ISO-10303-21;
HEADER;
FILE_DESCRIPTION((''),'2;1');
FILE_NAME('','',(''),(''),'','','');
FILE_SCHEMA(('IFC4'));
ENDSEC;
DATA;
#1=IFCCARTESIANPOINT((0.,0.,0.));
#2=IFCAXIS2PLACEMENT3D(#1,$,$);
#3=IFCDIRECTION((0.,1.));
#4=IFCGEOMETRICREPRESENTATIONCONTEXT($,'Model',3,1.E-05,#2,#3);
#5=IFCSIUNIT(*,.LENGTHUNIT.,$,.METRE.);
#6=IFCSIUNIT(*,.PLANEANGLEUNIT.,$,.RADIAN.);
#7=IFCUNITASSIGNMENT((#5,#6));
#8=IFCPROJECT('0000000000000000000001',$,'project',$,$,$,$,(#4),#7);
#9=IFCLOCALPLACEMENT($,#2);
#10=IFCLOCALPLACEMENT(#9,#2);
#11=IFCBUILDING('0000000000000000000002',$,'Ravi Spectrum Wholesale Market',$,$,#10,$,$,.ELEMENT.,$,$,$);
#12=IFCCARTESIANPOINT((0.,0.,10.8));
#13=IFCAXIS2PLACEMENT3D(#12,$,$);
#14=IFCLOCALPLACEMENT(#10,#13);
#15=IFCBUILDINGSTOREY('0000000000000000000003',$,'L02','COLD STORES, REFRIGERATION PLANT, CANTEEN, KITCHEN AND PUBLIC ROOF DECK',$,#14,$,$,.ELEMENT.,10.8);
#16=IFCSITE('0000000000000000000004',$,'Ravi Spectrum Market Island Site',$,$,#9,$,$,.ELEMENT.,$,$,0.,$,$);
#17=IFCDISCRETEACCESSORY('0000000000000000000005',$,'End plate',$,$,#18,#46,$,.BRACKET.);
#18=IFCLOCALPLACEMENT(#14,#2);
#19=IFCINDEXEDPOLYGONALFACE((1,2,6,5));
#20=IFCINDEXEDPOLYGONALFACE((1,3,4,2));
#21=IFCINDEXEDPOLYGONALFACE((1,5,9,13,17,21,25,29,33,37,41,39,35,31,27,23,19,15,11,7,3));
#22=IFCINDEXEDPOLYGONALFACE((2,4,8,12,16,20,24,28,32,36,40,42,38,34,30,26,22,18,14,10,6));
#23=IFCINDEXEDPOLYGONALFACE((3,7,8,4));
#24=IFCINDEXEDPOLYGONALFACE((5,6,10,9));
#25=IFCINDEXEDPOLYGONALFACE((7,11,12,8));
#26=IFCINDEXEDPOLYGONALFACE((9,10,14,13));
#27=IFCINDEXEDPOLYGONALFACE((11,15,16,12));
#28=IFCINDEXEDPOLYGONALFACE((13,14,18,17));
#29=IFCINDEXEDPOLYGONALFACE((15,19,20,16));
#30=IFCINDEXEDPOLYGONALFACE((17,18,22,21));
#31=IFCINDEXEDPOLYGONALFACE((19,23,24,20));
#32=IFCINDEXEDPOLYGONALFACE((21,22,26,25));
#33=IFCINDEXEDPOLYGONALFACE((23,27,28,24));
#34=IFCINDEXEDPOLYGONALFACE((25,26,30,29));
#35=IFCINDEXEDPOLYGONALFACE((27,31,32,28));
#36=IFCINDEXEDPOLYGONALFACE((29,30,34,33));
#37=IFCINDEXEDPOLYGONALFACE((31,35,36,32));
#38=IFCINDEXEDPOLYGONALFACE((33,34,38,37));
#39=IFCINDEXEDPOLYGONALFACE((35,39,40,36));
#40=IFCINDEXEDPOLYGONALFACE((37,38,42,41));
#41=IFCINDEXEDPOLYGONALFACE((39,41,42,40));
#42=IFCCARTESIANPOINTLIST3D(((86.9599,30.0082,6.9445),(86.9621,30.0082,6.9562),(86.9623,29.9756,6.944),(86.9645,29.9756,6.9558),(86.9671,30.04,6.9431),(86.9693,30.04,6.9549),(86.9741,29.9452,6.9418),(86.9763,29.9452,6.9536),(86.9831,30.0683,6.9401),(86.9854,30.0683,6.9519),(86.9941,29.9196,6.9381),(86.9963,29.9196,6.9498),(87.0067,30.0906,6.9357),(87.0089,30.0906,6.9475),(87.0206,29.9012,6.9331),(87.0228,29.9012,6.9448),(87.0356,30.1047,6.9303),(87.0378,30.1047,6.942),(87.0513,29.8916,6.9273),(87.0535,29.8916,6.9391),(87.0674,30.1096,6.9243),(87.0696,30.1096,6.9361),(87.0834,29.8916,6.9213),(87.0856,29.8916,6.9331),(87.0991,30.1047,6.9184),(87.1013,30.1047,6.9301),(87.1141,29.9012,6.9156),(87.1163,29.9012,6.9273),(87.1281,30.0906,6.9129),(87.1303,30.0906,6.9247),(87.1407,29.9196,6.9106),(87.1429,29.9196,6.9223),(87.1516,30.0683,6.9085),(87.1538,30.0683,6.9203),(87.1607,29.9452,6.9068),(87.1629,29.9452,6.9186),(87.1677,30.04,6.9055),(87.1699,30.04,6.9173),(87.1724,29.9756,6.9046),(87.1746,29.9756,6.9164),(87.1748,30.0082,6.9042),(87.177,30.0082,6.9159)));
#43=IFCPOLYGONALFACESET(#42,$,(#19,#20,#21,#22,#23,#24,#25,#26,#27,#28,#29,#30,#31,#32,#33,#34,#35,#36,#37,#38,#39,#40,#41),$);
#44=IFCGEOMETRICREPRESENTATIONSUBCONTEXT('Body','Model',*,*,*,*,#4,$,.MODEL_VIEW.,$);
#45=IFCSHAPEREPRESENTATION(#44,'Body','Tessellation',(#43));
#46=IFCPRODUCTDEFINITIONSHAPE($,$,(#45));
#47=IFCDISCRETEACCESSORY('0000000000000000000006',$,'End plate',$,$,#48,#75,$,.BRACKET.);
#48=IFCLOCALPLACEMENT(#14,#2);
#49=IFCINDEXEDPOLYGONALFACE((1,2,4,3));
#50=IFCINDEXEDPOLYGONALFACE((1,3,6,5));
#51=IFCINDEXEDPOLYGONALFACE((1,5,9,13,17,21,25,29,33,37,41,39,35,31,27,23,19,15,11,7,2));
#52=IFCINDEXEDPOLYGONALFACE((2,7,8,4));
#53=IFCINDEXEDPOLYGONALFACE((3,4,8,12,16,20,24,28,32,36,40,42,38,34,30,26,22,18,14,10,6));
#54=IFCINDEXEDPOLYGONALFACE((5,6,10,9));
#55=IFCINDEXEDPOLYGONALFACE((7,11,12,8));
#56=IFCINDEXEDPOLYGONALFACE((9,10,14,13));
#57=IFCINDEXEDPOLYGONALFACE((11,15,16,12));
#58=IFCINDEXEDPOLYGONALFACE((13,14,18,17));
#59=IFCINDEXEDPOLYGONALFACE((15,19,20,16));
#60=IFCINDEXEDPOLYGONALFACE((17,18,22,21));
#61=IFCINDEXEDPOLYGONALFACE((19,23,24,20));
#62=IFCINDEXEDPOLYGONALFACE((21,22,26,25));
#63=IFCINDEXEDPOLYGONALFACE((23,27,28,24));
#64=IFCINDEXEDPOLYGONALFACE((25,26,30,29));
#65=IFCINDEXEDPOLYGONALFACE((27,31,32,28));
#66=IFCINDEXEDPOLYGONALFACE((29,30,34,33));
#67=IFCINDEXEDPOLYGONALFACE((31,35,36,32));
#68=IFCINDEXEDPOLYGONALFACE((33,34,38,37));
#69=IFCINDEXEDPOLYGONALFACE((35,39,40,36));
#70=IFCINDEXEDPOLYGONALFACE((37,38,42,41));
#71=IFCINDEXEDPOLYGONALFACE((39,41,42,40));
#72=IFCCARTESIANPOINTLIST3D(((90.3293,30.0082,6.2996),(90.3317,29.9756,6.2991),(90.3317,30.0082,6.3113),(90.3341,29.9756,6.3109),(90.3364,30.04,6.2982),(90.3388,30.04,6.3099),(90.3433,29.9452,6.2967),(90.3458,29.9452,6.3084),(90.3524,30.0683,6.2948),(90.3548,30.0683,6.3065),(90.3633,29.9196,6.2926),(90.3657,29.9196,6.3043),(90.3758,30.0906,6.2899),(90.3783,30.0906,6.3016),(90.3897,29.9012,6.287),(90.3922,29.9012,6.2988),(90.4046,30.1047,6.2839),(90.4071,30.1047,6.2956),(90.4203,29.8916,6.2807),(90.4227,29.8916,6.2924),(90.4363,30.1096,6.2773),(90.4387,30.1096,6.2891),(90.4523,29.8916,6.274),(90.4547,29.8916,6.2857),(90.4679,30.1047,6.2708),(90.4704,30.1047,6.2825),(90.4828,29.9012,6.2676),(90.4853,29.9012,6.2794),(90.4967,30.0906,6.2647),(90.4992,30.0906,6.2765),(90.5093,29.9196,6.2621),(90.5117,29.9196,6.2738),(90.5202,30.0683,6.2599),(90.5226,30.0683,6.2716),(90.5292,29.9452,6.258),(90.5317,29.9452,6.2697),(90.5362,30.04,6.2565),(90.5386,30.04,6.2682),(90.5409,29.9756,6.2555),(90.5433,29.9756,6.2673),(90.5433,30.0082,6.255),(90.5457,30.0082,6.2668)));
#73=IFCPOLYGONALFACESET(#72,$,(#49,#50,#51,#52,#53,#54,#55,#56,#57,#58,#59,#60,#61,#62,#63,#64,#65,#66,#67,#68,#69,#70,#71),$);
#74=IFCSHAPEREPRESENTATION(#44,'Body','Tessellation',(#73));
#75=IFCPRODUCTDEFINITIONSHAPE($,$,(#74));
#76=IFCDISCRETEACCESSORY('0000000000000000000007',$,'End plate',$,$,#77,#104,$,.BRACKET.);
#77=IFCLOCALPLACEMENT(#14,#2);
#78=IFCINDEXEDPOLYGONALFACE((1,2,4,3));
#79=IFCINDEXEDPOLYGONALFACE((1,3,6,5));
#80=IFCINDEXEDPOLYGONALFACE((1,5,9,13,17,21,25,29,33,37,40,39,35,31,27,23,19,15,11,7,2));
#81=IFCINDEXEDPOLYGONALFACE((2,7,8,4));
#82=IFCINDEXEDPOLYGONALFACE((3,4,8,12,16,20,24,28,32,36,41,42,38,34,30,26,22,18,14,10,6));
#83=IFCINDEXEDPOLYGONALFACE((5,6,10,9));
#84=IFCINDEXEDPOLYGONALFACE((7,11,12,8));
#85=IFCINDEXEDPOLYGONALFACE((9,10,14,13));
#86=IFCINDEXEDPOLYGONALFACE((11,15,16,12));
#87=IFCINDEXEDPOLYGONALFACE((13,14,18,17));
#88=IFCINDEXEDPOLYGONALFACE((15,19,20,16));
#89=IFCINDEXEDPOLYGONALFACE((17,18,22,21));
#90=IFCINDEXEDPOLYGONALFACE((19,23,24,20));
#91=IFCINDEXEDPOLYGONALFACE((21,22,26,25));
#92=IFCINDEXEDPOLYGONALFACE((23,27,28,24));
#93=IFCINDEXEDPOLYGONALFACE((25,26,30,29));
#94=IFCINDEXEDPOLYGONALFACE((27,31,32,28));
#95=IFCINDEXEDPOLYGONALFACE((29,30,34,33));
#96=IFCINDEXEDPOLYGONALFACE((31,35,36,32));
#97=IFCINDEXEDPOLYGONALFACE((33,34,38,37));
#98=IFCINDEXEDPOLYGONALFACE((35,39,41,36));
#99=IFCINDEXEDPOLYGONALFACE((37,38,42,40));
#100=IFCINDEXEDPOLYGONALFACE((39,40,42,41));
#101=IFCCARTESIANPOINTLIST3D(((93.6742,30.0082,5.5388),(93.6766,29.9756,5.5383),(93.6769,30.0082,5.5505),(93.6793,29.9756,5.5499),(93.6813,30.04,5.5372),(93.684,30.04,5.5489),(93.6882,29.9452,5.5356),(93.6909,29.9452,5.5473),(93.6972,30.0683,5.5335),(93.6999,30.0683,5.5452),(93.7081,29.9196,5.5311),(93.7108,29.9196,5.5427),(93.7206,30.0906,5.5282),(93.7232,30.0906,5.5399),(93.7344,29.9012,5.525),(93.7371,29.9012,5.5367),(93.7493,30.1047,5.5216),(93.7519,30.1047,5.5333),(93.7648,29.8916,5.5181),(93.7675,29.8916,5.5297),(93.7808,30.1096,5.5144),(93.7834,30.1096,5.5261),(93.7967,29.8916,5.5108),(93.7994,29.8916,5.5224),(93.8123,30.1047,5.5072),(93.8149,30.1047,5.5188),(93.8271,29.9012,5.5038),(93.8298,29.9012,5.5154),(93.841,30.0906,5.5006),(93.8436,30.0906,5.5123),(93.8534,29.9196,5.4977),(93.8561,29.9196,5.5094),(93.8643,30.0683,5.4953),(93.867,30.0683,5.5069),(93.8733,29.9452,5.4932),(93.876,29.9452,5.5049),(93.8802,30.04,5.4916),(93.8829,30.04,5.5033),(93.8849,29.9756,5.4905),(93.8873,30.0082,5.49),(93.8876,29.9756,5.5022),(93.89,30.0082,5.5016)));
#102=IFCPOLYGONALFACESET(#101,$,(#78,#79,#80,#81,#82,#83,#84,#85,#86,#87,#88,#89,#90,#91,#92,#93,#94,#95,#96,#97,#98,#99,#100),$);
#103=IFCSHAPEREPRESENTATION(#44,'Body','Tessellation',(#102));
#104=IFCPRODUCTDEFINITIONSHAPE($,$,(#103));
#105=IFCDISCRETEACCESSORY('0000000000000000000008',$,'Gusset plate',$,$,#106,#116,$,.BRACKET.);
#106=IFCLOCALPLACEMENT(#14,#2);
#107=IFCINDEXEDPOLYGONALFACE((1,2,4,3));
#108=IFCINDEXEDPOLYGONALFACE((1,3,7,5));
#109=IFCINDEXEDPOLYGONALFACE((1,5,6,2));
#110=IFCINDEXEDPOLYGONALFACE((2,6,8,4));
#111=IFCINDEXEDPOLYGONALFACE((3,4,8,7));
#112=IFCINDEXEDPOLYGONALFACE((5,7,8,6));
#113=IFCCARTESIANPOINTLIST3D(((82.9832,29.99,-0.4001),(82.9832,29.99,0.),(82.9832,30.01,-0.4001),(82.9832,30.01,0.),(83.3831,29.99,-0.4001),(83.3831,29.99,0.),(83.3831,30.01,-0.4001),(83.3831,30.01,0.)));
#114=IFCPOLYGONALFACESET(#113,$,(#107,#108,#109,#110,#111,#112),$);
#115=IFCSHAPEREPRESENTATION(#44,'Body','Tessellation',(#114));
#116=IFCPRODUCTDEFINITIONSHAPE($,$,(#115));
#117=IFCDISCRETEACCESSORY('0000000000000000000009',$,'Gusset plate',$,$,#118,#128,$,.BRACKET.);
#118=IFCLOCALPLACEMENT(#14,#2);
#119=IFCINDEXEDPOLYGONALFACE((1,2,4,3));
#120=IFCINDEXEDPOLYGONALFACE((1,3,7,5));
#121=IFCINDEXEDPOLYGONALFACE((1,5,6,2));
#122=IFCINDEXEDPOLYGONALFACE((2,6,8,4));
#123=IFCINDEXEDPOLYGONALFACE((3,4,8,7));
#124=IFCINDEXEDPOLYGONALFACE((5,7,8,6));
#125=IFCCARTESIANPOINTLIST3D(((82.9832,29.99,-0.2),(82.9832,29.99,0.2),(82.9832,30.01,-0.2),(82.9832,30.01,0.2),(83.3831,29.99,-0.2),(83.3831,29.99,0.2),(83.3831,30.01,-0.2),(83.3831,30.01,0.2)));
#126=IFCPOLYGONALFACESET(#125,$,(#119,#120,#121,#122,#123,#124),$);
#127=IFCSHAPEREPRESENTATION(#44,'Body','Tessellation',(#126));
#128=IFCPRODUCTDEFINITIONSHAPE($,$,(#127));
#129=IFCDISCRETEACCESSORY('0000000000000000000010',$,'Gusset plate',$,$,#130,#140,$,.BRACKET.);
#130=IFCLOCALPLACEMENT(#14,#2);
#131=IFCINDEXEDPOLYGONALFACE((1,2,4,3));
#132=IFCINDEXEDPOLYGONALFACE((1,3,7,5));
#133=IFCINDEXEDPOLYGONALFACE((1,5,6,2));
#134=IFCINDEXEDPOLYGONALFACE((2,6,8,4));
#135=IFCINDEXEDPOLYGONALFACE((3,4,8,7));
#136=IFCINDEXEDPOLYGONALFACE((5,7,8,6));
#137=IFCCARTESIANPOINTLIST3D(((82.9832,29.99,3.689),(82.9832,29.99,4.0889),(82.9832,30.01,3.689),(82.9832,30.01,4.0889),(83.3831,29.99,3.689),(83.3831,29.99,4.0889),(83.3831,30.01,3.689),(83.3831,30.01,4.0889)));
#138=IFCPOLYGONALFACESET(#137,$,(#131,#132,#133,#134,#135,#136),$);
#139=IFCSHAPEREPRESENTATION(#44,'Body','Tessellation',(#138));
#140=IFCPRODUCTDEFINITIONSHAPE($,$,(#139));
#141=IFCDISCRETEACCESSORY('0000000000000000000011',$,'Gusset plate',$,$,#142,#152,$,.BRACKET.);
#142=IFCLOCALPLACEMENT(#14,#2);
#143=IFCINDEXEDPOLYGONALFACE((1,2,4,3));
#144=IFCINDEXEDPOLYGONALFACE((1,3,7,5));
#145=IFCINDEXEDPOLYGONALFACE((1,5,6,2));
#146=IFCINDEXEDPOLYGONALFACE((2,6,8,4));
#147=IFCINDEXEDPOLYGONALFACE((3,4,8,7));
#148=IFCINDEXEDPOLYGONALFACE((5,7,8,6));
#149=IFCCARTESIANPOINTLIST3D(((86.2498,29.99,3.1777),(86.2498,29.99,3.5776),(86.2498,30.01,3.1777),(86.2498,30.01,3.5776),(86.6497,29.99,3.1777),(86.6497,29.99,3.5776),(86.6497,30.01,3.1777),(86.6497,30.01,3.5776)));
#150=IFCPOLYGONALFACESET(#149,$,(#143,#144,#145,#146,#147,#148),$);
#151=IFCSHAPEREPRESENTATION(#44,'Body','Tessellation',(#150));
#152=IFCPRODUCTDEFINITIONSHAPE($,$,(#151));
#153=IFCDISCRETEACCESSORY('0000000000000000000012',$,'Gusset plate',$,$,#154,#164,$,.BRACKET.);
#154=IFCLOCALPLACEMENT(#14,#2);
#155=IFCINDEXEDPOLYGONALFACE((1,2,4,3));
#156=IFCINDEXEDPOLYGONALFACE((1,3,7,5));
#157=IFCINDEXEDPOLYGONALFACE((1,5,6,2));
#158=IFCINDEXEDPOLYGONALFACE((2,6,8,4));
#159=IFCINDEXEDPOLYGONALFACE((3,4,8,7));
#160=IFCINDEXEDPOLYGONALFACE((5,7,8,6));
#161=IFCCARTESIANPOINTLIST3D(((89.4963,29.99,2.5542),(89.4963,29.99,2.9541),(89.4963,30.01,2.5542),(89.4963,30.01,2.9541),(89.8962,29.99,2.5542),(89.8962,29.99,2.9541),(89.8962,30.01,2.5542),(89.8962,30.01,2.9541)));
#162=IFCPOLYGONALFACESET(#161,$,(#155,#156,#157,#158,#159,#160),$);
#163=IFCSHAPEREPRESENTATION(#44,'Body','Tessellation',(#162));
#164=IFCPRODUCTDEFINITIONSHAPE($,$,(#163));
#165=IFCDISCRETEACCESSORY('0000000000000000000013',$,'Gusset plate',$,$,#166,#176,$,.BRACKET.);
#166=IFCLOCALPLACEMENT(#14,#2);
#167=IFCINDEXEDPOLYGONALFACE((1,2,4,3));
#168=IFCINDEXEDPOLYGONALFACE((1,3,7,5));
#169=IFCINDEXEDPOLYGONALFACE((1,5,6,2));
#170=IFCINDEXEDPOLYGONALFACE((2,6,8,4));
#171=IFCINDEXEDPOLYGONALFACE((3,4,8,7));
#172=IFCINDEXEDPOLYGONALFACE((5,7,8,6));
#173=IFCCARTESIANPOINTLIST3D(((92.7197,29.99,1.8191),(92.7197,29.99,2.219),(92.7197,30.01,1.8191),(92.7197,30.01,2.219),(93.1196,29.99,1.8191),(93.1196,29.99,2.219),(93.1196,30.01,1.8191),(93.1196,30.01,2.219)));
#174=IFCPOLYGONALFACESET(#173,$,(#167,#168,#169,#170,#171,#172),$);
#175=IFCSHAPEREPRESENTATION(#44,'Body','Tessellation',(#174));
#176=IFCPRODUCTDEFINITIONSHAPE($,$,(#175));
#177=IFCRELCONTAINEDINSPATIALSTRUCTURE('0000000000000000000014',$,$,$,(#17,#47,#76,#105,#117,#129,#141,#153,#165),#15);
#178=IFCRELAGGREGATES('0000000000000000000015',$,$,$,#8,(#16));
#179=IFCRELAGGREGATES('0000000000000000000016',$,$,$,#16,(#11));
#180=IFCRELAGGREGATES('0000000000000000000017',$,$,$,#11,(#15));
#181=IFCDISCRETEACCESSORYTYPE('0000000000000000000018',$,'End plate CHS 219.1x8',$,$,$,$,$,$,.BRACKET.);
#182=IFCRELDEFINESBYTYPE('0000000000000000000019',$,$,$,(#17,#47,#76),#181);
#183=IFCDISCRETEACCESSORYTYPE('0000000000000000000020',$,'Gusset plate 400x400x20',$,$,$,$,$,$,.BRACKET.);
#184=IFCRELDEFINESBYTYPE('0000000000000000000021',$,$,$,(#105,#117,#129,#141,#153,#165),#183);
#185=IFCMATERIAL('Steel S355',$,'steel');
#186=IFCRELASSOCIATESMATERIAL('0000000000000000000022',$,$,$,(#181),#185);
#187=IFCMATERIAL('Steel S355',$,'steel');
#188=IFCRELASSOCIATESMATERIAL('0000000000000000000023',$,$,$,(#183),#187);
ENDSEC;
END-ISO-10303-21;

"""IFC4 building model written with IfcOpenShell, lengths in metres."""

from ifc_helpers import new_model, si_unit, direction, frame, origin, origin_2d, place, context, subcontext, project, spatial, rectangle, circle, extrude, material, material_profile, profile_set, type_object, element, save


model = new_model("IFC4")

# Units and contexts
model_context = context("Model", 3, precision=1e-05, world=origin(), true_north=direction((0.0, 1.0)))
body_context = subcontext(model_context, "Body", "Model", "MODEL_VIEW")
ifc_project = project(units=[si_unit("LENGTHUNIT", "METRE"), si_unit("PLANEANGLEUNIT", "RADIAN")], contexts=[model_context])

# Site, building, storey
site_placement = place(None, origin())
site = spatial("IfcSite", under=ifc_project, at=site_placement, Name="Ravi Spectrum Market Island Site", CompositionType="ELEMENT", RefElevation=0.0)
building_placement = place(site_placement, origin())
building = spatial("IfcBuilding", under=site, at=building_placement, Name="Ravi Spectrum Wholesale Market", CompositionType="ELEMENT")
storey_placement = place(building_placement, frame((0.0, 0.0, 10.8)))
storey = spatial("IfcBuildingStorey", under=building, at=storey_placement, Name="L02", Description="COLD STORES, REFRIGERATION PLANT, CANTEEN, KITCHEN AND PUBLIC ROOF DECK", CompositionType="ELEMENT", Elevation=10.8)

# Discrete accessories
ifc_material_1 = material(Name="Steel S355", Category="steel")
ifc_material_profile_1 = material_profile(ifc_material_1, circle(Radius=0.1096, at=origin_2d()))
ifc_profile_set_1 = profile_set([ifc_material_profile_1], Name="Steel S355")
discrete_accessory_type_1 = type_object("IfcDiscreteAccessoryType", Name="End plate CHS 219.1x8", PredefinedType="BRACKET", material=ifc_profile_set_1)
for number, where, z_axis, x_axis, name in (
    (1, (87.0674, 30.0, 6.9243), (0.184289, 0.0, 0.982872), (0.0, 1.0, 0.0), "End plate"),
    (2, (90.4363, 30.0, 6.2773), (0.203954, 0.0, 0.97898), (0.0, 1.0, 0.0), "End plate"),
    (3, (93.7808, 30.0, 5.5144), (0.223376, 0.0, 0.974732), (0.0, 1.0, 0.0), "End plate"),
):
    element("IfcDiscreteAccessory", number, at=place(storey_placement, frame(where, z_axis=z_axis, x_axis=x_axis)), inside=storey, type_object=discrete_accessory_type_1, Name=name, PredefinedType="BRACKET", context=body_context, shape_type="SweptSolid", body=[
        extrude(circle(Radius=0.1096, at=origin_2d()), origin(), (0.0, 0.0, 1.0), 0.012),
    ])
ifc_material_2 = material(Name="Steel S355", Category="steel")
ifc_material_profile_2 = material_profile(ifc_material_2, rectangle(XDim=0.3999, YDim=0.02, at=origin_2d()))
ifc_profile_set_2 = profile_set([ifc_material_profile_2], Name="Steel S355")
discrete_accessory_type_2 = type_object("IfcDiscreteAccessoryType", Name="Gusset plate 400x400x20", PredefinedType="BRACKET", material=ifc_profile_set_2)
discrete_accessory_placement = place(storey_placement, frame((83.1831, 30.0, -0.4001), z_axis=(0.0, 0.0, 1.0), x_axis=(1.0, 0.0, 0.0)))
element("IfcDiscreteAccessory", 4, at=discrete_accessory_placement, inside=storey, type_object=discrete_accessory_type_2, Name="Gusset plate", PredefinedType="BRACKET", context=body_context, shape_type="SweptSolid", body=[
    extrude(rectangle(XDim=0.3999, YDim=0.02, at=origin_2d()), origin(), (0.0, 0.0, 1.0), 0.4001),
])
for number, where, z_axis, x_axis, name in (
    (5, (83.1831, 30.0, -0.2), (0.0, 0.0, 1.0), (1.0, 0.0, 0.0), "Gusset plate"),
    (6, (83.1831, 30.0, 3.689), (0.0, 0.0, 1.0), (-1.0, 0.0, 0.0), "Gusset plate"),
    (7, (86.4497, 30.0, 3.1777), (0.0, 0.0, 1.0), (-1.0, 0.0, 0.0), "Gusset plate"),
    (8, (89.6963, 30.0, 2.5542), (0.0, 0.0, 1.0), (-1.0, 0.0, 0.0), "Gusset plate"),
    (9, (92.9197, 30.0, 1.8191), (0.0, 0.0, 1.0), (-1.0, 0.0, 0.0), "Gusset plate"),
):
    element("IfcDiscreteAccessory", number, at=place(storey_placement, frame(where, z_axis=z_axis, x_axis=x_axis)), inside=storey, type_object=discrete_accessory_type_2, Name=name, PredefinedType="BRACKET", context=body_context, shape_type="SweptSolid", body=[
        extrude(rectangle(XDim=0.3999, YDim=0.02, at=origin_2d()), origin(), (0.0, 0.0, 1.0), 0.3999),
    ])

save(model, "model.ifc")
